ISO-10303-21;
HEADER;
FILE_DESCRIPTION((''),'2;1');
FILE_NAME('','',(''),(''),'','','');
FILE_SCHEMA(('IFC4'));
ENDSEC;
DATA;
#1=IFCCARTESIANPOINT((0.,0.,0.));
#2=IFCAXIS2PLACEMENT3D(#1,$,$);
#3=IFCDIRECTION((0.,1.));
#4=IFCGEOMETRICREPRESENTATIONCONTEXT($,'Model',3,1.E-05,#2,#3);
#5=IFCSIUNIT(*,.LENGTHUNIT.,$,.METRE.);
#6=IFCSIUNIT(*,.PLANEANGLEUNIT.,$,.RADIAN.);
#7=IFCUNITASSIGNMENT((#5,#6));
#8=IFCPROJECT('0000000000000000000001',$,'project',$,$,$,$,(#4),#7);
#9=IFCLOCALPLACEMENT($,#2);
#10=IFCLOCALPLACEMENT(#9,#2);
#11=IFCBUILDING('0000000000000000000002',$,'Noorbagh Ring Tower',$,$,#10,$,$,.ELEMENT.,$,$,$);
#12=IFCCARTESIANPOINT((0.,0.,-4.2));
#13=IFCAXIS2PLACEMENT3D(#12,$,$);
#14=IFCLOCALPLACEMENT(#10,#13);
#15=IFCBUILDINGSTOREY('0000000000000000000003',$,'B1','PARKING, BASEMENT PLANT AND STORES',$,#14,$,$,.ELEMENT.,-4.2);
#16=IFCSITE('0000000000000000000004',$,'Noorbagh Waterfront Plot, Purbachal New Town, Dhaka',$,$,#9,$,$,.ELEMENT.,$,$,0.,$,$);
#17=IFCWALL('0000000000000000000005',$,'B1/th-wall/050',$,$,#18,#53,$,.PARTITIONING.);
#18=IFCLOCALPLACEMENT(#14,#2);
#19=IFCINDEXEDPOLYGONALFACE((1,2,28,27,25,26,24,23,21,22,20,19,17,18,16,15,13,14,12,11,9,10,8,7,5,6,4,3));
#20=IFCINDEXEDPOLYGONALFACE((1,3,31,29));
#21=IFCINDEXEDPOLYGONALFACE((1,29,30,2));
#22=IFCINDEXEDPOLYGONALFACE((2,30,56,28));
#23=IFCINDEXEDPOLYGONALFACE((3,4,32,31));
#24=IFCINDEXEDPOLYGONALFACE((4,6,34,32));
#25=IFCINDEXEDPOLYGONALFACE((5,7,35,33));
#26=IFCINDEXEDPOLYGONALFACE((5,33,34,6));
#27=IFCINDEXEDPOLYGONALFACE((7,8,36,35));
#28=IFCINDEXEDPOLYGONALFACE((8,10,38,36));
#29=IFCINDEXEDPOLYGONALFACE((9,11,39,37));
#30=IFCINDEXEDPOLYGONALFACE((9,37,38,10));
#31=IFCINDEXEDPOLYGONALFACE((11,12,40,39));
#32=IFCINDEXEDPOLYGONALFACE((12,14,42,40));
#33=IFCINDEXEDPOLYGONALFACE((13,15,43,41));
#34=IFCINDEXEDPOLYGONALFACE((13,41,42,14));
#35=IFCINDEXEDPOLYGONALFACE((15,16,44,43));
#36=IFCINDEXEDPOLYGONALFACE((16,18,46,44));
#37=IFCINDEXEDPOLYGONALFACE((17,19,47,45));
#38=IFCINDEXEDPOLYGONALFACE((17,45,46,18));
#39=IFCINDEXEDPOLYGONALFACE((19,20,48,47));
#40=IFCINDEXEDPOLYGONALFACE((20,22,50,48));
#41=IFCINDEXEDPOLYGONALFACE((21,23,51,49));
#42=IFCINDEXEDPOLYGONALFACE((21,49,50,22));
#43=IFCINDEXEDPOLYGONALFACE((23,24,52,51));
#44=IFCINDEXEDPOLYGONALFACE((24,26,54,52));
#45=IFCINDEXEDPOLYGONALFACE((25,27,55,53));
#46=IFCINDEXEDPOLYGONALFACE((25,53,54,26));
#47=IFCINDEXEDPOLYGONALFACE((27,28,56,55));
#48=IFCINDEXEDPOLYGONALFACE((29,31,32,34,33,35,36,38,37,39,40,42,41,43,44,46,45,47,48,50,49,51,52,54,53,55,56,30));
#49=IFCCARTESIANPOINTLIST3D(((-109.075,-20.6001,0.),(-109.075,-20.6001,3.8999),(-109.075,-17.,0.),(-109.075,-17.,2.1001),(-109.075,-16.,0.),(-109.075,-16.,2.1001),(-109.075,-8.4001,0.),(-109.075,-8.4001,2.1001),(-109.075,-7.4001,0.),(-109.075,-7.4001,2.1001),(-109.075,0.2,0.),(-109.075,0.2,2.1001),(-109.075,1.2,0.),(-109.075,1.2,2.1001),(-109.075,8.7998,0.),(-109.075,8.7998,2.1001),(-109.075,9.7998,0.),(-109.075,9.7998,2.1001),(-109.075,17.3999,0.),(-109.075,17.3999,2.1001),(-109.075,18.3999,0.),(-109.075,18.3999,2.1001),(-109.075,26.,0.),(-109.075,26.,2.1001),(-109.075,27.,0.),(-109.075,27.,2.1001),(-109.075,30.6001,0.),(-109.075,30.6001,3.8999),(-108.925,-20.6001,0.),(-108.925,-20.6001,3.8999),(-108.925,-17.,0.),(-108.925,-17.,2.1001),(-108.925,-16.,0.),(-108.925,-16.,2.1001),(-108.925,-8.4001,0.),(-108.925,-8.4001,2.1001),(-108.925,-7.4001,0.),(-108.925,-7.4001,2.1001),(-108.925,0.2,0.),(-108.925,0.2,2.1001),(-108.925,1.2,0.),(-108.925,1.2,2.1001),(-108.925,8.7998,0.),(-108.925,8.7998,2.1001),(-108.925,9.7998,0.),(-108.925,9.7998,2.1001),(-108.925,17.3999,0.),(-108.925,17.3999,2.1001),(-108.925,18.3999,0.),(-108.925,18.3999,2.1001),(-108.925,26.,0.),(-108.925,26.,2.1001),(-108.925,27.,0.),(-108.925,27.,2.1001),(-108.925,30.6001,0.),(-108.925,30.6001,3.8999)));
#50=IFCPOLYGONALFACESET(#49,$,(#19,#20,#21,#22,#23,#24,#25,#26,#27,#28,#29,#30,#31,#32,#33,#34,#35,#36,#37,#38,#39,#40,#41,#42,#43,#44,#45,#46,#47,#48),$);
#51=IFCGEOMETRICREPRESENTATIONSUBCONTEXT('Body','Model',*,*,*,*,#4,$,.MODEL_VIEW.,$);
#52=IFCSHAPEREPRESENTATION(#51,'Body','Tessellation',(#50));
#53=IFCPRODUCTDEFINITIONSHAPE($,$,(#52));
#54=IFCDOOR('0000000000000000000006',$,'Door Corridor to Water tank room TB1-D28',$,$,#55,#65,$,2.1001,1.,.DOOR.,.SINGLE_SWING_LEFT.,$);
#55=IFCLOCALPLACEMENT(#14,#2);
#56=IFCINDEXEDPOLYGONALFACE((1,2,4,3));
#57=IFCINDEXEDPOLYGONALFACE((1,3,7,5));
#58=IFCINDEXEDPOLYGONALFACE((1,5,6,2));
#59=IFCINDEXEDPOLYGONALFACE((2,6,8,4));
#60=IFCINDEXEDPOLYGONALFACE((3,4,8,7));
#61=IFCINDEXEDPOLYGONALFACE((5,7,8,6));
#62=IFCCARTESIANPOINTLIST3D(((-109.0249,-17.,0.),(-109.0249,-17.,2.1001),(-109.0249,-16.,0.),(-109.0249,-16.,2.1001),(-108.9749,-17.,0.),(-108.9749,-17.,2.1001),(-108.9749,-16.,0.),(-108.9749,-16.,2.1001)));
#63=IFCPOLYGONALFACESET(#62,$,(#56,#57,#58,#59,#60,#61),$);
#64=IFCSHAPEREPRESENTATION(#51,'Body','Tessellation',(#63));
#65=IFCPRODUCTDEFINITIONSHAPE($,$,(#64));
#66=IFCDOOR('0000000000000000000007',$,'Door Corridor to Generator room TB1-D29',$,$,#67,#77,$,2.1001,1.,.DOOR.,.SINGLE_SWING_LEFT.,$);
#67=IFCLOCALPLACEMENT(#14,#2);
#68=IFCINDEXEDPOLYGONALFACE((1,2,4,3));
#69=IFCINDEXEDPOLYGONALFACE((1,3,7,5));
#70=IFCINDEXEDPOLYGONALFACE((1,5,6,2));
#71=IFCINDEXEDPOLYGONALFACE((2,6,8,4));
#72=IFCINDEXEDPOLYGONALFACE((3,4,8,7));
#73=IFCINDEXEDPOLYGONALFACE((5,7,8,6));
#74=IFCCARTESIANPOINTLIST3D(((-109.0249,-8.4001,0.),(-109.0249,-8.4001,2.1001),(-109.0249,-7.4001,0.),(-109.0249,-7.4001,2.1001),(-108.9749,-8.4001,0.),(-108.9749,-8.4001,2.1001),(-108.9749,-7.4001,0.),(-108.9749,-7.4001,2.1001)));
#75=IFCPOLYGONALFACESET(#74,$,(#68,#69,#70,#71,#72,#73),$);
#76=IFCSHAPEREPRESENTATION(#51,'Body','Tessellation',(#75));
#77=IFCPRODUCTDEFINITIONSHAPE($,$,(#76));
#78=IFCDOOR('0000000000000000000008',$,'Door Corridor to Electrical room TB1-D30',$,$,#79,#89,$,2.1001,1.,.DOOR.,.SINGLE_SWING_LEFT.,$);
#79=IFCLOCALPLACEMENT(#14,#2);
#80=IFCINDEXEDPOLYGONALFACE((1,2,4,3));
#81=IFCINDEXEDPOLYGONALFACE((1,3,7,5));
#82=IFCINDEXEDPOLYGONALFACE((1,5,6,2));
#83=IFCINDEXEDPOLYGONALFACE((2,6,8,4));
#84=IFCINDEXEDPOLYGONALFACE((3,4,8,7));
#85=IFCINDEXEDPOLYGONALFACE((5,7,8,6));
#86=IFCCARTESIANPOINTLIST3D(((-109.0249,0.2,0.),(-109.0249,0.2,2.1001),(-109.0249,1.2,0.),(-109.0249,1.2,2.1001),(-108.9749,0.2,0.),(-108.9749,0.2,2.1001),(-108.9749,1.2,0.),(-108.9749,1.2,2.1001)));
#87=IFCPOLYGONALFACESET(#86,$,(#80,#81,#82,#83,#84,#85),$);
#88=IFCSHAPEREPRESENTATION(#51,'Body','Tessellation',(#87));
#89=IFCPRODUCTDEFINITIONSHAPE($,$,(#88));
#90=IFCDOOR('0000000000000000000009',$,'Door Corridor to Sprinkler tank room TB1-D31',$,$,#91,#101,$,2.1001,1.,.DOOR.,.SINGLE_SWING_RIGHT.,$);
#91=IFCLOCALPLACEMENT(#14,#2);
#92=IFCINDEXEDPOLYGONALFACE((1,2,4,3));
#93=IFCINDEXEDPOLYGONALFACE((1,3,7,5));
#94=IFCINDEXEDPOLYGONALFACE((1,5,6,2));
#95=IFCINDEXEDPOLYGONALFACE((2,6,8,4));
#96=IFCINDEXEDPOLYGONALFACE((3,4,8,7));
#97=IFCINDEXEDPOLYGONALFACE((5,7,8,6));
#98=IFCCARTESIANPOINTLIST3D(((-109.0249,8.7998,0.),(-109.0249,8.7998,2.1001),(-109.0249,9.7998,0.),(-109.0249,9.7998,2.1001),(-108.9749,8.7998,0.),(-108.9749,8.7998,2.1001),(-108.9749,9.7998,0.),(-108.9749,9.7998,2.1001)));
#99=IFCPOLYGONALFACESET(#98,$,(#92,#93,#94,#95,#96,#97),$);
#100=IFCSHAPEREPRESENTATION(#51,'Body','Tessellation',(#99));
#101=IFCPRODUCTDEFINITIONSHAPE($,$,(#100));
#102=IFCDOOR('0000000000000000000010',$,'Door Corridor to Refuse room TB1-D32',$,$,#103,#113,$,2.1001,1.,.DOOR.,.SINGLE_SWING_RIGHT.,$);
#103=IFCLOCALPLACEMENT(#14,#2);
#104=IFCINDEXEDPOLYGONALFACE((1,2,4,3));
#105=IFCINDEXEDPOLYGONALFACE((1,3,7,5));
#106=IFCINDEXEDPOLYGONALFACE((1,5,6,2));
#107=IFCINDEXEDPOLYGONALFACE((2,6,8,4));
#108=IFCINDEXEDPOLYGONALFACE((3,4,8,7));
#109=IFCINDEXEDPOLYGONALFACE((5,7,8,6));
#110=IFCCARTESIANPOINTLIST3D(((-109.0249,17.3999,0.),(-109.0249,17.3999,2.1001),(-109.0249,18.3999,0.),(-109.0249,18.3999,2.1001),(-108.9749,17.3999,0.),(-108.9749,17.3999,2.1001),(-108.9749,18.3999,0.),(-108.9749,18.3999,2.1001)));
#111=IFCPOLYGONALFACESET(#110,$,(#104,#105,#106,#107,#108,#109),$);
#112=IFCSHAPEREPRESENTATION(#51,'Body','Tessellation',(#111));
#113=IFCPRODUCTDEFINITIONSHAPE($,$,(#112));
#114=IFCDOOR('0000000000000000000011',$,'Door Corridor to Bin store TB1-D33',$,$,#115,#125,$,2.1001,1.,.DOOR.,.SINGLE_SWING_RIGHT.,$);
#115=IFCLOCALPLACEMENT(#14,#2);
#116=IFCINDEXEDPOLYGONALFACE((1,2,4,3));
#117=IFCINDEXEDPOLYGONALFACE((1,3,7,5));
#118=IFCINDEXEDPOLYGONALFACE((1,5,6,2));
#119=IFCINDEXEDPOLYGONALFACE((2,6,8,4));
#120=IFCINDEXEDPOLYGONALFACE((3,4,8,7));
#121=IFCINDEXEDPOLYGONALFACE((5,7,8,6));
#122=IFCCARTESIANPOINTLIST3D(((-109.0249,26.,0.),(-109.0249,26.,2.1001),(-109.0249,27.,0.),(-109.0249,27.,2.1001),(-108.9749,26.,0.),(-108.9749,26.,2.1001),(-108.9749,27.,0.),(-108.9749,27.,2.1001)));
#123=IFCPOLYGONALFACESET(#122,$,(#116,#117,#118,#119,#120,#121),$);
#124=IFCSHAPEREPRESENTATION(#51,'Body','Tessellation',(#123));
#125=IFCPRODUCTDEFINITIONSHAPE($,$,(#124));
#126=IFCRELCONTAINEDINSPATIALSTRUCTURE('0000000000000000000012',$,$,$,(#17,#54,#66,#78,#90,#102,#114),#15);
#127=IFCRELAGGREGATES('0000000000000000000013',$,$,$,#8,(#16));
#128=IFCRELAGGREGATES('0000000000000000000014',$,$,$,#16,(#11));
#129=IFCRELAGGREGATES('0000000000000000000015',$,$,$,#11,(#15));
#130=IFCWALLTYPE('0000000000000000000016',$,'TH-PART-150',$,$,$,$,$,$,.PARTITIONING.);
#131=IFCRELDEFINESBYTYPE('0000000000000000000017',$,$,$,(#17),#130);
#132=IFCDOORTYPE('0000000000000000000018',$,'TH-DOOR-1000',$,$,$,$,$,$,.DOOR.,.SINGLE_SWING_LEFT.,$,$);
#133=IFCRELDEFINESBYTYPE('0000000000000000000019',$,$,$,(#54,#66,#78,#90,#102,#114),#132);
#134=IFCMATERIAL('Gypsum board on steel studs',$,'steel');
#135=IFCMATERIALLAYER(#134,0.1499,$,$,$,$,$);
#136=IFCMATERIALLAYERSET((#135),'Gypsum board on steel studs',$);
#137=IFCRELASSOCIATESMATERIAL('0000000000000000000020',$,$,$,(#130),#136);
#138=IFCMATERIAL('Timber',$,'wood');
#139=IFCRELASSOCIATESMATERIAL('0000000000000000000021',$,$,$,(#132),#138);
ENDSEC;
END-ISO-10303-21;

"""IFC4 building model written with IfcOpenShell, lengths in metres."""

from ifc_helpers import new_model, si_unit, direction, frame, frame_2d, origin, place, context, subcontext, project, spatial, rectangle, extrude, material, layer, layer_set, type_object, element, fill, save


model = new_model("IFC4")

# Units and contexts
model_context = context("Model", 3, precision=1e-05, world=origin(), true_north=direction((0.0, 1.0)))
body_context = subcontext(model_context, "Body", "Model", "MODEL_VIEW")
ifc_project = project(units=[si_unit("LENGTHUNIT", "METRE"), si_unit("PLANEANGLEUNIT", "RADIAN")], contexts=[model_context])

# Site, building, storey
site_placement = place(None, origin())
site = spatial("IfcSite", under=ifc_project, at=site_placement, Name="Noorbagh Waterfront Plot, Purbachal New Town, Dhaka", CompositionType="ELEMENT", RefElevation=0.0)
building_placement = place(site_placement, origin())
building = spatial("IfcBuilding", under=site, at=building_placement, Name="Noorbagh Ring Tower", CompositionType="ELEMENT")
storey_placement = place(building_placement, frame((0.0, 0.0, -4.2)))
storey = spatial("IfcBuildingStorey", under=building, at=storey_placement, Name="B1", Description="PARKING, BASEMENT PLANT AND STORES", CompositionType="ELEMENT", Elevation=-4.2)

# Wall, openings, doors
ifc_material_1 = material(Name="Gypsum board on steel studs", Category="steel")
ifc_layer_1 = layer(ifc_material_1, 0.1499)
ifc_layer_set_1 = layer_set([ifc_layer_1], Name="Gypsum board on steel studs")
wall_type_1 = type_object("IfcWallType", Name="TH-PART-150", PredefinedType="PARTITIONING", material=ifc_layer_set_1)
wall_1_placement = place(storey_placement, frame((-109.0, -20.6001, 0.0), z_axis=(0.0, 0.0, 1.0), x_axis=(0.0, 1.0, 0.0)))
wall_1 = element("IfcWall", 1, at=wall_1_placement, inside=storey, type_object=wall_type_1, Name="B1/th-wall/050", PredefinedType="PARTITIONING", context=body_context, shape_type="SweptSolid", body=[
    extrude(rectangle(XDim=51.2002, YDim=0.1499, at=frame_2d((25.6001, 0.0))), origin(), (0.0, 0.0, 1.0), 3.8999),
])
opening_1_placement = place(wall_1_placement, frame((3.6001, 0.0, 0.0)))
opening_1 = element("IfcOpeningElement", 2, at=opening_1_placement, cuts=wall_1, PredefinedType="OPENING", context=body_context, shape_type="SweptSolid", body=[
    extrude(rectangle(XDim=1.0, YDim=2.1001, at=frame_2d((0.5, 1.05))), frame((0.0, 0.085, 0.0), z_axis=(0.0, -1.0, 0.0), x_axis=(1.0, 0.0, 0.0)), (0.0, 0.0, 1.0), 0.1699),
])
opening_2_placement = place(wall_1_placement, frame((12.2, 0.0, 0.0)))
opening_2 = element("IfcOpeningElement", 3, at=opening_2_placement, cuts=wall_1, PredefinedType="OPENING", context=body_context, shape_type="SweptSolid", body=[
    extrude(rectangle(XDim=1.0, YDim=2.1001, at=frame_2d((0.5, 1.05))), frame((0.0, 0.085, 0.0), z_axis=(0.0, -1.0, 0.0), x_axis=(1.0, 0.0, 0.0)), (0.0, 0.0, 1.0), 0.1699),
])
opening_3_placement = place(wall_1_placement, frame((20.8, 0.0, 0.0)))
opening_3 = element("IfcOpeningElement", 4, at=opening_3_placement, cuts=wall_1, PredefinedType="OPENING", context=body_context, shape_type="SweptSolid", body=[
    extrude(rectangle(XDim=1.0, YDim=2.1001, at=frame_2d((0.5, 1.05))), frame((0.0, 0.085, 0.0), z_axis=(0.0, -1.0, 0.0), x_axis=(1.0, 0.0, 0.0)), (0.0, 0.0, 1.0), 0.1699),
])
opening_4_placement = place(wall_1_placement, frame((29.3999, 0.0, 0.0)))
opening_4 = element("IfcOpeningElement", 5, at=opening_4_placement, cuts=wall_1, PredefinedType="OPENING", context=body_context, shape_type="SweptSolid", body=[
    extrude(rectangle(XDim=1.0, YDim=2.1001, at=frame_2d((0.5, 1.05))), frame((0.0, 0.085, 0.0), z_axis=(0.0, -1.0, 0.0), x_axis=(1.0, 0.0, 0.0)), (0.0, 0.0, 1.0), 0.1699),
])
opening_5_placement = place(wall_1_placement, frame((38.0, 0.0, 0.0)))
opening_5 = element("IfcOpeningElement", 6, at=opening_5_placement, cuts=wall_1, PredefinedType="OPENING", context=body_context, shape_type="SweptSolid", body=[
    extrude(rectangle(XDim=1.0, YDim=2.1001, at=frame_2d((0.5, 1.05))), frame((0.0, 0.085, 0.0), z_axis=(0.0, -1.0, 0.0), x_axis=(1.0, 0.0, 0.0)), (0.0, 0.0, 1.0), 0.1699),
])
opening_6_placement = place(wall_1_placement, frame((46.6001, 0.0, 0.0)))
opening_6 = element("IfcOpeningElement", 7, at=opening_6_placement, cuts=wall_1, PredefinedType="OPENING", context=body_context, shape_type="SweptSolid", body=[
    extrude(rectangle(XDim=1.0, YDim=2.1001, at=frame_2d((0.5, 1.05))), frame((0.0, 0.085, 0.0), z_axis=(0.0, -1.0, 0.0), x_axis=(1.0, 0.0, 0.0)), (0.0, 0.0, 1.0), 0.1699),
])
ifc_material_2 = material(Name="Timber", Category="wood")
door_type = type_object("IfcDoorType", Name="TH-DOOR-1000", OperationType="SINGLE_SWING_LEFT", PredefinedType="DOOR", material=ifc_material_2)
door_1_placement = place(opening_1_placement, origin())
door_1 = element("IfcDoor", 8, at=door_1_placement, inside=storey, type_object=door_type, Name="Door Corridor to Water tank room TB1-D28", OperationType="SINGLE_SWING_LEFT", OverallHeight=2.1001, OverallWidth=1.0, PredefinedType="DOOR", context=body_context, shape_type="SweptSolid", body=[
    extrude(rectangle(XDim=1.0, YDim=2.1001, at=frame_2d((0.5, 1.05))), frame((0.0, 0.0249, 0.0), z_axis=(0.0, -1.0, 0.0), x_axis=(1.0, 0.0, 0.0)), (0.0, 0.0, 1.0), 0.05),
])
fill(opening_1, door_1)
door_2_placement = place(opening_2_placement, origin())
door_2 = element("IfcDoor", 9, at=door_2_placement, inside=storey, type_object=door_type, Name="Door Corridor to Generator room TB1-D29", OperationType="SINGLE_SWING_LEFT", OverallHeight=2.1001, OverallWidth=1.0, PredefinedType="DOOR", context=body_context, shape_type="SweptSolid", body=[
    extrude(rectangle(XDim=1.0, YDim=2.1001, at=frame_2d((0.5, 1.05))), frame((0.0, 0.0249, 0.0), z_axis=(0.0, -1.0, 0.0), x_axis=(1.0, 0.0, 0.0)), (0.0, 0.0, 1.0), 0.05),
])
fill(opening_2, door_2)
door_3_placement = place(opening_3_placement, origin())
door_3 = element("IfcDoor", 10, at=door_3_placement, inside=storey, type_object=door_type, Name="Door Corridor to Electrical room TB1-D30", OperationType="SINGLE_SWING_LEFT", OverallHeight=2.1001, OverallWidth=1.0, PredefinedType="DOOR", context=body_context, shape_type="SweptSolid", body=[
    extrude(rectangle(XDim=1.0, YDim=2.1001, at=frame_2d((0.5, 1.05))), frame((0.0, 0.0249, 0.0), z_axis=(0.0, -1.0, 0.0), x_axis=(1.0, 0.0, 0.0)), (0.0, 0.0, 1.0), 0.05),
])
fill(opening_3, door_3)
door_4_placement = place(opening_4_placement, origin())
door_4 = element("IfcDoor", 11, at=door_4_placement, inside=storey, type_object=door_type, Name="Door Corridor to Sprinkler tank room TB1-D31", OperationType="SINGLE_SWING_RIGHT", OverallHeight=2.1001, OverallWidth=1.0, PredefinedType="DOOR", context=body_context, shape_type="SweptSolid", body=[
    extrude(rectangle(XDim=1.0, YDim=2.1001, at=frame_2d((0.5, 1.05))), frame((0.0, 0.0249, 0.0), z_axis=(0.0, -1.0, 0.0), x_axis=(1.0, 0.0, 0.0)), (0.0, 0.0, 1.0), 0.05),
])
fill(opening_4, door_4)
door_5_placement = place(opening_5_placement, origin())
door_5 = element("IfcDoor", 12, at=door_5_placement, inside=storey, type_object=door_type, Name="Door Corridor to Refuse room TB1-D32", OperationType="SINGLE_SWING_RIGHT", OverallHeight=2.1001, OverallWidth=1.0, PredefinedType="DOOR", context=body_context, shape_type="SweptSolid", body=[
    extrude(rectangle(XDim=1.0, YDim=2.1001, at=frame_2d((0.5, 1.05))), frame((0.0, 0.0249, 0.0), z_axis=(0.0, -1.0, 0.0), x_axis=(1.0, 0.0, 0.0)), (0.0, 0.0, 1.0), 0.05),
])
fill(opening_5, door_5)
door_6_placement = place(opening_6_placement, origin())
door_6 = element("IfcDoor", 13, at=door_6_placement, inside=storey, type_object=door_type, Name="Door Corridor to Bin store TB1-D33", OperationType="SINGLE_SWING_RIGHT", OverallHeight=2.1001, OverallWidth=1.0, PredefinedType="DOOR", context=body_context, shape_type="SweptSolid", body=[
    extrude(rectangle(XDim=1.0, YDim=2.1001, at=frame_2d((0.5, 1.05))), frame((0.0, 0.0249, 0.0), z_axis=(0.0, -1.0, 0.0), x_axis=(1.0, 0.0, 0.0)), (0.0, 0.0, 1.0), 0.05),
])
fill(opening_6, door_6)

save(model, "model.ifc")
